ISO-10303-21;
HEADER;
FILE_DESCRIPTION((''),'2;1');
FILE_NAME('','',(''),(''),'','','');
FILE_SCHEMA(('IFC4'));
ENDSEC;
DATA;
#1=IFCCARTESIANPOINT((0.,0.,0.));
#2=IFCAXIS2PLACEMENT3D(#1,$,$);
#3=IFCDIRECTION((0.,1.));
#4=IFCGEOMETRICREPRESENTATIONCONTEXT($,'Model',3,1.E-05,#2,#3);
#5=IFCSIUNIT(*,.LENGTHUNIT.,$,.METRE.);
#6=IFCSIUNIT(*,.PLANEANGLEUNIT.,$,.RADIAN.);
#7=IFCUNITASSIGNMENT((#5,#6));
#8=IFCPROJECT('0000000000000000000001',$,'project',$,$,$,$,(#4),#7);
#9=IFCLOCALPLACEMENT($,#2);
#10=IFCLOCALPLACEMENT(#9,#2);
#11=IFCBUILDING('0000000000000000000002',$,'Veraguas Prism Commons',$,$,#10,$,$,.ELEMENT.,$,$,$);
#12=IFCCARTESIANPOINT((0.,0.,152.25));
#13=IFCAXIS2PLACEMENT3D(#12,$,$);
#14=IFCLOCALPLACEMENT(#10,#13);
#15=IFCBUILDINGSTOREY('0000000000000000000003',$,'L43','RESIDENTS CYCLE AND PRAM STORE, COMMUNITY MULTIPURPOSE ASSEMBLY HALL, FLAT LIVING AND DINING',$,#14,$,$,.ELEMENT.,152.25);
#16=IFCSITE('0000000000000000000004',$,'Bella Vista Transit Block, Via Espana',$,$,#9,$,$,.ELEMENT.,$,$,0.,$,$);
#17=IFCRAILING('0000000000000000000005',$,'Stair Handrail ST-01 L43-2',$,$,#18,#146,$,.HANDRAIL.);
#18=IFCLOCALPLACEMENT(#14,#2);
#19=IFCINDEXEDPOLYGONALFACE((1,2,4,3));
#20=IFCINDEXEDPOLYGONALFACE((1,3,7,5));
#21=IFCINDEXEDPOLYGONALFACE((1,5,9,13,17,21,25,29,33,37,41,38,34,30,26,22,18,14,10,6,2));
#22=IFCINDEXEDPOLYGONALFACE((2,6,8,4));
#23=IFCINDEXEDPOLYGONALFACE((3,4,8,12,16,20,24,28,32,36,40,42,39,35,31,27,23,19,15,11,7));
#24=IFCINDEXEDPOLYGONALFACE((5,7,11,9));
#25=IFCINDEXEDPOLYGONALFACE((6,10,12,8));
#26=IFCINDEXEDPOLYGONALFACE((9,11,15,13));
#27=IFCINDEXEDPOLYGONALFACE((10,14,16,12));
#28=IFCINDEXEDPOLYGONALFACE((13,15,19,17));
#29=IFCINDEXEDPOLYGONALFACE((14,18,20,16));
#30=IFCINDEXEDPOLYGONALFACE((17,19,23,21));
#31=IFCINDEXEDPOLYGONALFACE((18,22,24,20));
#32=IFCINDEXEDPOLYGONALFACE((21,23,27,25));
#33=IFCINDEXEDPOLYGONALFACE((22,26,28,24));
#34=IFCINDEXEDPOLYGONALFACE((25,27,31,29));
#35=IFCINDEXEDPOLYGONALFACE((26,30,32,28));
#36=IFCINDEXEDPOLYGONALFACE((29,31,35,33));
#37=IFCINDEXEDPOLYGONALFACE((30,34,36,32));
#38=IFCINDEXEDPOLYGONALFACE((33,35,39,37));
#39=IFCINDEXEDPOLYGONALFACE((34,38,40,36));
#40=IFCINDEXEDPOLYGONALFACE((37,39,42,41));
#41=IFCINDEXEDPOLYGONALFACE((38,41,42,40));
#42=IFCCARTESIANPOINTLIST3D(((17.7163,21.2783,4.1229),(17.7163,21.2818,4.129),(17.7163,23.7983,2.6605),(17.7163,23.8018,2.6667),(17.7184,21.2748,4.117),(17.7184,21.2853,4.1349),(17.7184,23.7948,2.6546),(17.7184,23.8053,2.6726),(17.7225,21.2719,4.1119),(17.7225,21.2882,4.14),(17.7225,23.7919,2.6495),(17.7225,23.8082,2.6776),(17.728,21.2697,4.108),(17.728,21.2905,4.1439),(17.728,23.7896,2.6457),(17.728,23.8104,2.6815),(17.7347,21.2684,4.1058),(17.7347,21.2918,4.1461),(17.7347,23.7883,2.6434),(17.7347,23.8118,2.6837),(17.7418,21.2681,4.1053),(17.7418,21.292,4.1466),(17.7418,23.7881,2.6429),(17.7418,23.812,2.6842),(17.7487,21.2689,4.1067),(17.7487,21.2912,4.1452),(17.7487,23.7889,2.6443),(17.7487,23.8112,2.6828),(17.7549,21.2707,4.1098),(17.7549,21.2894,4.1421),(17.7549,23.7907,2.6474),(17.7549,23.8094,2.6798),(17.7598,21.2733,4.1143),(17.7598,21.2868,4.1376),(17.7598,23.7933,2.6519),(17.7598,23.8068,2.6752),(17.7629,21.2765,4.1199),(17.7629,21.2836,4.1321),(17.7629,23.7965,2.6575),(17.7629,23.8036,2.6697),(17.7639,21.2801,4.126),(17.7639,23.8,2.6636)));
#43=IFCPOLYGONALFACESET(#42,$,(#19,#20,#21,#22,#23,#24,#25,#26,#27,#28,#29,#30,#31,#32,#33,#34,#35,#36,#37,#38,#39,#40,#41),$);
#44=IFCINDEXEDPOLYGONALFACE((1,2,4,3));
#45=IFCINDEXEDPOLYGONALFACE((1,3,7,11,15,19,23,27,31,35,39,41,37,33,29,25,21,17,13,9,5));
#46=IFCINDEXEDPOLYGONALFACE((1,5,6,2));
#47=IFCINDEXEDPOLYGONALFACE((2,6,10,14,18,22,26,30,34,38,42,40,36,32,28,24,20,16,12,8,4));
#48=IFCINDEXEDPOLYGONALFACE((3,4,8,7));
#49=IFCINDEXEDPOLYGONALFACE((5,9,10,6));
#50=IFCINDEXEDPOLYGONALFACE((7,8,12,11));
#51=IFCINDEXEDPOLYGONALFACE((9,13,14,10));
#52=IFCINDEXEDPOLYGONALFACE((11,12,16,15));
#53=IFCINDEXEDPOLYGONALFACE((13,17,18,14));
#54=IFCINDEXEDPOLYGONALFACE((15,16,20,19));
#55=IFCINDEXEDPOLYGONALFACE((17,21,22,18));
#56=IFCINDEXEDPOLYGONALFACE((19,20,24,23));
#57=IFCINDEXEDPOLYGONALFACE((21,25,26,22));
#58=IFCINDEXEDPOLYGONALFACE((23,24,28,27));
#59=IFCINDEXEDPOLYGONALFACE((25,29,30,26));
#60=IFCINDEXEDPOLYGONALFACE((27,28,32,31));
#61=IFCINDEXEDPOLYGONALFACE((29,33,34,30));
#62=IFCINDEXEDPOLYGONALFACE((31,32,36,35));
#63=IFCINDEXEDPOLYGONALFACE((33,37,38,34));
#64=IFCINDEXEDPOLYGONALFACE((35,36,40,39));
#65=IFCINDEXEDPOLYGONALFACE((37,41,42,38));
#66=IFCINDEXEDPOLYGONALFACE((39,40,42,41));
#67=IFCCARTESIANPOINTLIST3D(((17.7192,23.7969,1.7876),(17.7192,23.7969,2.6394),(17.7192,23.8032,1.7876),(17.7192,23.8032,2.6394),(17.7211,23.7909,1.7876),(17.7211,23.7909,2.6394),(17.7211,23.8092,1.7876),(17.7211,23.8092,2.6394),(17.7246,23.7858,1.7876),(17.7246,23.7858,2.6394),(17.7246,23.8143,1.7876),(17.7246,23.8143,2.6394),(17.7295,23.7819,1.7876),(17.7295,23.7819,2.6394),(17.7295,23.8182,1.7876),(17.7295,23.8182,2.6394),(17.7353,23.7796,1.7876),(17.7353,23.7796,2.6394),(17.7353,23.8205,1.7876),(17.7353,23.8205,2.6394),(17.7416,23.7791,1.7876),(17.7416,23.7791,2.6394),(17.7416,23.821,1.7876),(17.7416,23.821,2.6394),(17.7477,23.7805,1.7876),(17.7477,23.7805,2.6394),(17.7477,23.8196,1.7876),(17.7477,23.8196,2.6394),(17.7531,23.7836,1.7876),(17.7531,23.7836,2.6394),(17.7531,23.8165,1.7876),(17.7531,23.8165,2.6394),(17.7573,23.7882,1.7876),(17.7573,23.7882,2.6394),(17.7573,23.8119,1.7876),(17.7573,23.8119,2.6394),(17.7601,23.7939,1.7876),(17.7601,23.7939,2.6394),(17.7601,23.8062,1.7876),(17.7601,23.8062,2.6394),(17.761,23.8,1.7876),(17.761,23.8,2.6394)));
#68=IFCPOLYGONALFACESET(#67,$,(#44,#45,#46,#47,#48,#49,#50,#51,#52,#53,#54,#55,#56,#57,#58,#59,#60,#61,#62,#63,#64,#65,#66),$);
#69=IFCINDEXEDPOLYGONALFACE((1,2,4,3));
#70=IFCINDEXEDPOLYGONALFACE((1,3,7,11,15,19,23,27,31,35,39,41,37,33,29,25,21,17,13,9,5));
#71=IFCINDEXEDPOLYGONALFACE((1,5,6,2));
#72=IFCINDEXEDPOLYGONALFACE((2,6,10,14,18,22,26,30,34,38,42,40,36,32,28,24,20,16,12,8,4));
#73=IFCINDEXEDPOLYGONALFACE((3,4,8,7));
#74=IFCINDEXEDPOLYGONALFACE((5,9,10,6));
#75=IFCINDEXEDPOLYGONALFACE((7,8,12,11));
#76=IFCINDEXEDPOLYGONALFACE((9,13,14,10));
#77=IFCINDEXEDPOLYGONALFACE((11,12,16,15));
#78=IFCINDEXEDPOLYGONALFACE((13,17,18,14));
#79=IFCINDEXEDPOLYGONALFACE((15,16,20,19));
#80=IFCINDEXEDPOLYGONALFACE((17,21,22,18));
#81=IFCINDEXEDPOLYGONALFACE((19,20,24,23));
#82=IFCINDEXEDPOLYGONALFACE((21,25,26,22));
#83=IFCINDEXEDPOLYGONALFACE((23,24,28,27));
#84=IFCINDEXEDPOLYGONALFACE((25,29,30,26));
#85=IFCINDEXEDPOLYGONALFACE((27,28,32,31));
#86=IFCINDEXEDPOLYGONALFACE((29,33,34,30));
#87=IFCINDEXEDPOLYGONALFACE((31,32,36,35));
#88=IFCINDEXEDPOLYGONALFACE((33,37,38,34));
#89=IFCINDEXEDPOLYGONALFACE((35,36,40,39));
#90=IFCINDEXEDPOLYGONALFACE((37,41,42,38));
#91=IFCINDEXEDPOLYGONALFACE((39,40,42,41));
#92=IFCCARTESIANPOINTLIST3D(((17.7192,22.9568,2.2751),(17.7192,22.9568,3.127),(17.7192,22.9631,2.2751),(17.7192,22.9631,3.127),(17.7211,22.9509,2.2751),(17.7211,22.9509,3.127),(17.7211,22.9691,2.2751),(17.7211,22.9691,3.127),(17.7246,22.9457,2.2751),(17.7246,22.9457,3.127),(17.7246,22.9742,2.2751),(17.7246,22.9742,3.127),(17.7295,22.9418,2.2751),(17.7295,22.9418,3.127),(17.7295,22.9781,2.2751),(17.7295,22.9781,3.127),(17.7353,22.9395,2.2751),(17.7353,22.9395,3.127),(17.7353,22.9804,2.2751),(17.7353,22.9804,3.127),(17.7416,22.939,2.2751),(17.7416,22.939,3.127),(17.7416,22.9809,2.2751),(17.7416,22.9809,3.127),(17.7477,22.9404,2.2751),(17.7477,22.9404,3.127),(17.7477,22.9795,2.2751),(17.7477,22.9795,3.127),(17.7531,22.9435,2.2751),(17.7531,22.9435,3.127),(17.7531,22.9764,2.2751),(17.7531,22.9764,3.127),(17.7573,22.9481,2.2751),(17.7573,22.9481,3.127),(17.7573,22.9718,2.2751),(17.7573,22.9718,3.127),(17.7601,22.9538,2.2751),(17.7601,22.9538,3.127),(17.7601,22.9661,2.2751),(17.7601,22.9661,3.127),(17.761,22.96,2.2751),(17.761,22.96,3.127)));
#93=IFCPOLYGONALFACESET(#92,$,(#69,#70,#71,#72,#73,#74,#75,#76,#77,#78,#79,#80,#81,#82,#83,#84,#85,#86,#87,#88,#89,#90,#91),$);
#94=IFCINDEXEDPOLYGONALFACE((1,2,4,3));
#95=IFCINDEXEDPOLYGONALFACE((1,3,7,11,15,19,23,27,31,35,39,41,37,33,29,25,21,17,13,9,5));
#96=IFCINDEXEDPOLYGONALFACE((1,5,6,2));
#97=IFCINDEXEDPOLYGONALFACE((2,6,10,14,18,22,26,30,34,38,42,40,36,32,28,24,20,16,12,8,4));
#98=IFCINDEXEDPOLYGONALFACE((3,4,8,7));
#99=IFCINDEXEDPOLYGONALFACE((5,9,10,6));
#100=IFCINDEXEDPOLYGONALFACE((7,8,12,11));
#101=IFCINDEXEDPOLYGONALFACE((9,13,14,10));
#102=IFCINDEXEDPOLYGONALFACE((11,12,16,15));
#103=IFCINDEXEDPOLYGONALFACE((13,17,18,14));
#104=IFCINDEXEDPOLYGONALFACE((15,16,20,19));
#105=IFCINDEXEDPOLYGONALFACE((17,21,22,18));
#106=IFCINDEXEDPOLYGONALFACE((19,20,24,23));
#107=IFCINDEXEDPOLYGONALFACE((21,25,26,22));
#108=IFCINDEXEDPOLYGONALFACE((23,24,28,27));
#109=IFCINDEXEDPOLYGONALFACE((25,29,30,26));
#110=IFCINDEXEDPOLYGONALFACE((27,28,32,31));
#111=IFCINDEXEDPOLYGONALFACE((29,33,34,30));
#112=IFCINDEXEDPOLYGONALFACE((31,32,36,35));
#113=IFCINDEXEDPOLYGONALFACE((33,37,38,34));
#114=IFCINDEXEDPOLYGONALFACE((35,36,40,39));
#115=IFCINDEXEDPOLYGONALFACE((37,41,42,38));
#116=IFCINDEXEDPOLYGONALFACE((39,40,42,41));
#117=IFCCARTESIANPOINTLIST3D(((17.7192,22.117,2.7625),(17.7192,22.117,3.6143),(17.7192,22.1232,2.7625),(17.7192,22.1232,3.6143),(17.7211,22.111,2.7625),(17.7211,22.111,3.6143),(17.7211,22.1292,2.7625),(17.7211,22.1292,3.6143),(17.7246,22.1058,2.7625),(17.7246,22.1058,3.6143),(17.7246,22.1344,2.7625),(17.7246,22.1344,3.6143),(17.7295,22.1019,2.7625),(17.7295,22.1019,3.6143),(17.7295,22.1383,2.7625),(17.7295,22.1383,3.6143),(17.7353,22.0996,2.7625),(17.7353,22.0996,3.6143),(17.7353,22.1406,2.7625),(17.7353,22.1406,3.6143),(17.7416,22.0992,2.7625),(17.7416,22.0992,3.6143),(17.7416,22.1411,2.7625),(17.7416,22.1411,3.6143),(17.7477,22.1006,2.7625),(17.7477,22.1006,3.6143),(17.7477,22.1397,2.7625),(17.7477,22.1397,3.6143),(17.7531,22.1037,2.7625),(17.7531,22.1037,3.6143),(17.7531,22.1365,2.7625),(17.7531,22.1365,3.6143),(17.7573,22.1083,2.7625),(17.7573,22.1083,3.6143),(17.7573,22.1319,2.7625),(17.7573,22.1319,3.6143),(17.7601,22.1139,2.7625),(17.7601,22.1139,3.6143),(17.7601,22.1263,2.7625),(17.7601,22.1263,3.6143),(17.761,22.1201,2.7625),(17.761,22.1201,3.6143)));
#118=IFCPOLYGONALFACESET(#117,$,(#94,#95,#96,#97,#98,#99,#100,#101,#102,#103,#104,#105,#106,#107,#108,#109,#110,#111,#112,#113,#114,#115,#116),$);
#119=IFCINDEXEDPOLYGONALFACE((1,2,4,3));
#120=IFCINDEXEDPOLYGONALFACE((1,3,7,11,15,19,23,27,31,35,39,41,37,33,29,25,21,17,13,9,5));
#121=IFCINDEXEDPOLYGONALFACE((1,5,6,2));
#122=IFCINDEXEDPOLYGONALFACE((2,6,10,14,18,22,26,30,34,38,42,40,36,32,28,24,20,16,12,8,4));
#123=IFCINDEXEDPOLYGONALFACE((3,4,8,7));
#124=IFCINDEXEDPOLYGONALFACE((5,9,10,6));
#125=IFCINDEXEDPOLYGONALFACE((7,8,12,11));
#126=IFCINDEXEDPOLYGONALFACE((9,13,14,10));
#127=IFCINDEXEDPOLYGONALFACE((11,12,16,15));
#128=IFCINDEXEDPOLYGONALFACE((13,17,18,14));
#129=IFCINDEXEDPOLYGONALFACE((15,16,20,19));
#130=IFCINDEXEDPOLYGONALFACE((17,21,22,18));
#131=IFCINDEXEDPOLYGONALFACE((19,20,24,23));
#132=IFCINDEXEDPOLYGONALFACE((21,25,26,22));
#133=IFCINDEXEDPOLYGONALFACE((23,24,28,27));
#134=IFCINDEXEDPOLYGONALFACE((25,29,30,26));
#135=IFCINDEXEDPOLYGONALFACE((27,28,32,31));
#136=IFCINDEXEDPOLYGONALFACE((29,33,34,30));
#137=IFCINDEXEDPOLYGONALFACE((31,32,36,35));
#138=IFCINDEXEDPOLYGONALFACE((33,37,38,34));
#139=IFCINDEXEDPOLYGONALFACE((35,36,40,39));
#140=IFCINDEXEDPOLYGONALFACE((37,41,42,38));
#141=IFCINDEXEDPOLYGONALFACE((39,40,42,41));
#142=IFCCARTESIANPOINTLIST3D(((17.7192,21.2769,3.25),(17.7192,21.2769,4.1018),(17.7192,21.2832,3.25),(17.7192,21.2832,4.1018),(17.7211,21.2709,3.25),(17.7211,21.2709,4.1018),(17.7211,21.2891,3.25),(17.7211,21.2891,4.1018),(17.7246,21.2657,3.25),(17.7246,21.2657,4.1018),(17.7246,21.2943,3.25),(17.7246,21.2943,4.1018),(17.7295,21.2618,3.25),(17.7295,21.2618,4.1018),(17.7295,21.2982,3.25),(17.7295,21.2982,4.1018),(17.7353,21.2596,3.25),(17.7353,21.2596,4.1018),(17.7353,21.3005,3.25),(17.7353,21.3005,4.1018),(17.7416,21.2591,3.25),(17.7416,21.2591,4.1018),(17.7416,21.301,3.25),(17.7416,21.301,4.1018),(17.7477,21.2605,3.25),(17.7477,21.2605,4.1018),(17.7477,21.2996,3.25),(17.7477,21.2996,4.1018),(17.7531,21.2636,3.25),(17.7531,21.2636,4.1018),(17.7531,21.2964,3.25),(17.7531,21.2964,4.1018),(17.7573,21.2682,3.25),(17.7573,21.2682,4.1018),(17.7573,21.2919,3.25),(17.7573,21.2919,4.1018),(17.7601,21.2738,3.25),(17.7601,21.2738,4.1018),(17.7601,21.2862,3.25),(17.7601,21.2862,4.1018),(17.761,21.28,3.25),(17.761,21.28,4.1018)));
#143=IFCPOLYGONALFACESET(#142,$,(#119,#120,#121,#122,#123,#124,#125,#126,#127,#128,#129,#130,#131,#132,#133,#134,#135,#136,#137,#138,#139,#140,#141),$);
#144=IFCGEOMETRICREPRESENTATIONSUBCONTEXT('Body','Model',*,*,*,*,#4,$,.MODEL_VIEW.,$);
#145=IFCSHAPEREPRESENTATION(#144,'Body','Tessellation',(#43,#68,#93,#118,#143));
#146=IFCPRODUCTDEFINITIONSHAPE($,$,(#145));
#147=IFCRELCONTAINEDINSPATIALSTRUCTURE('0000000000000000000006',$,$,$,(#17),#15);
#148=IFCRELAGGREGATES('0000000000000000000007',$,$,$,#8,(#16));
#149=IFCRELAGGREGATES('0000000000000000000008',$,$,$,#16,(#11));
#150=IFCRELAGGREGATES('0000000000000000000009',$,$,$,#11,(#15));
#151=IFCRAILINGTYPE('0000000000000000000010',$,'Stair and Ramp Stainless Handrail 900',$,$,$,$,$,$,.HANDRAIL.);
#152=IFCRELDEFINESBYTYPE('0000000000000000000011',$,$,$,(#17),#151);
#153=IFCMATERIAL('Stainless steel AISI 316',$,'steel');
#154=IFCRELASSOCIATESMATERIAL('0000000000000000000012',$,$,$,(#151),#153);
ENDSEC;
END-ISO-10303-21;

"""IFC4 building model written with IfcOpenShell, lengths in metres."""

from ifc_helpers import new_model, si_unit, direction, frame, origin, origin_2d, place, context, subcontext, project, spatial, circle, extrude, material, type_object, element, save


model = new_model("IFC4")

# Units and contexts
model_context = context("Model", 3, precision=1e-05, world=origin(), true_north=direction((0.0, 1.0)))
body_context = subcontext(model_context, "Body", "Model", "MODEL_VIEW")
ifc_project = project(units=[si_unit("LENGTHUNIT", "METRE"), si_unit("PLANEANGLEUNIT", "RADIAN")], contexts=[model_context])

# Site, building, storey
site_placement = place(None, origin())
site = spatial("IfcSite", under=ifc_project, at=site_placement, Name="Bella Vista Transit Block, Via Espana", CompositionType="ELEMENT", RefElevation=0.0)
building_placement = place(site_placement, origin())
building = spatial("IfcBuilding", under=site, at=building_placement, Name="Veraguas Prism Commons", CompositionType="ELEMENT")
storey_placement = place(building_placement, frame((0.0, 0.0, 152.25)))
storey = spatial("IfcBuildingStorey", under=building, at=storey_placement, Name="L43", Description="RESIDENTS CYCLE AND PRAM STORE, COMMUNITY MULTIPURPOSE ASSEMBLY HALL, FLAT LIVING AND DINING", CompositionType="ELEMENT", Elevation=152.25)

# Railing
ifc_material_1 = material(Name="Stainless steel AISI 316", Category="steel")
railing_type_1 = type_object("IfcRailingType", Name="Stair and Ramp Stainless Handrail 900", PredefinedType="HANDRAIL", material=ifc_material_1)
railing_1_placement = place(storey_placement, frame((17.74, 23.8, 1.7876)))
element("IfcRailing", 1, at=railing_1_placement, inside=storey, type_object=railing_type_1, Name="Stair Handrail ST-01 L43-2", PredefinedType="HANDRAIL", context=body_context, shape_type="SweptSolid", body=[
    extrude(circle(Radius=0.0239, at=origin_2d()), frame((0.0, 0.0, 0.876), z_axis=(0.0, -0.864913, 0.501921), x_axis=(1.0, 0.0, 0.0)), (0.0, 0.0, 1.0), 2.9136),
    extrude(circle(Radius=0.021, at=origin_2d()), origin(), (0.0, 0.0, 1.0), 0.8518),
    extrude(circle(Radius=0.021, at=origin_2d()), frame((0.0, -0.8401, 0.4875)), (0.0, 0.0, 1.0), 0.8518),
    extrude(circle(Radius=0.021, at=origin_2d()), frame((0.0, -1.6799, 0.9749)), (0.0, 0.0, 1.0), 0.8518),
    extrude(circle(Radius=0.021, at=origin_2d()), frame((0.0, -2.52, 1.4624)), (0.0, 0.0, 1.0), 0.8518),
])

save(model, "model.ifc")
